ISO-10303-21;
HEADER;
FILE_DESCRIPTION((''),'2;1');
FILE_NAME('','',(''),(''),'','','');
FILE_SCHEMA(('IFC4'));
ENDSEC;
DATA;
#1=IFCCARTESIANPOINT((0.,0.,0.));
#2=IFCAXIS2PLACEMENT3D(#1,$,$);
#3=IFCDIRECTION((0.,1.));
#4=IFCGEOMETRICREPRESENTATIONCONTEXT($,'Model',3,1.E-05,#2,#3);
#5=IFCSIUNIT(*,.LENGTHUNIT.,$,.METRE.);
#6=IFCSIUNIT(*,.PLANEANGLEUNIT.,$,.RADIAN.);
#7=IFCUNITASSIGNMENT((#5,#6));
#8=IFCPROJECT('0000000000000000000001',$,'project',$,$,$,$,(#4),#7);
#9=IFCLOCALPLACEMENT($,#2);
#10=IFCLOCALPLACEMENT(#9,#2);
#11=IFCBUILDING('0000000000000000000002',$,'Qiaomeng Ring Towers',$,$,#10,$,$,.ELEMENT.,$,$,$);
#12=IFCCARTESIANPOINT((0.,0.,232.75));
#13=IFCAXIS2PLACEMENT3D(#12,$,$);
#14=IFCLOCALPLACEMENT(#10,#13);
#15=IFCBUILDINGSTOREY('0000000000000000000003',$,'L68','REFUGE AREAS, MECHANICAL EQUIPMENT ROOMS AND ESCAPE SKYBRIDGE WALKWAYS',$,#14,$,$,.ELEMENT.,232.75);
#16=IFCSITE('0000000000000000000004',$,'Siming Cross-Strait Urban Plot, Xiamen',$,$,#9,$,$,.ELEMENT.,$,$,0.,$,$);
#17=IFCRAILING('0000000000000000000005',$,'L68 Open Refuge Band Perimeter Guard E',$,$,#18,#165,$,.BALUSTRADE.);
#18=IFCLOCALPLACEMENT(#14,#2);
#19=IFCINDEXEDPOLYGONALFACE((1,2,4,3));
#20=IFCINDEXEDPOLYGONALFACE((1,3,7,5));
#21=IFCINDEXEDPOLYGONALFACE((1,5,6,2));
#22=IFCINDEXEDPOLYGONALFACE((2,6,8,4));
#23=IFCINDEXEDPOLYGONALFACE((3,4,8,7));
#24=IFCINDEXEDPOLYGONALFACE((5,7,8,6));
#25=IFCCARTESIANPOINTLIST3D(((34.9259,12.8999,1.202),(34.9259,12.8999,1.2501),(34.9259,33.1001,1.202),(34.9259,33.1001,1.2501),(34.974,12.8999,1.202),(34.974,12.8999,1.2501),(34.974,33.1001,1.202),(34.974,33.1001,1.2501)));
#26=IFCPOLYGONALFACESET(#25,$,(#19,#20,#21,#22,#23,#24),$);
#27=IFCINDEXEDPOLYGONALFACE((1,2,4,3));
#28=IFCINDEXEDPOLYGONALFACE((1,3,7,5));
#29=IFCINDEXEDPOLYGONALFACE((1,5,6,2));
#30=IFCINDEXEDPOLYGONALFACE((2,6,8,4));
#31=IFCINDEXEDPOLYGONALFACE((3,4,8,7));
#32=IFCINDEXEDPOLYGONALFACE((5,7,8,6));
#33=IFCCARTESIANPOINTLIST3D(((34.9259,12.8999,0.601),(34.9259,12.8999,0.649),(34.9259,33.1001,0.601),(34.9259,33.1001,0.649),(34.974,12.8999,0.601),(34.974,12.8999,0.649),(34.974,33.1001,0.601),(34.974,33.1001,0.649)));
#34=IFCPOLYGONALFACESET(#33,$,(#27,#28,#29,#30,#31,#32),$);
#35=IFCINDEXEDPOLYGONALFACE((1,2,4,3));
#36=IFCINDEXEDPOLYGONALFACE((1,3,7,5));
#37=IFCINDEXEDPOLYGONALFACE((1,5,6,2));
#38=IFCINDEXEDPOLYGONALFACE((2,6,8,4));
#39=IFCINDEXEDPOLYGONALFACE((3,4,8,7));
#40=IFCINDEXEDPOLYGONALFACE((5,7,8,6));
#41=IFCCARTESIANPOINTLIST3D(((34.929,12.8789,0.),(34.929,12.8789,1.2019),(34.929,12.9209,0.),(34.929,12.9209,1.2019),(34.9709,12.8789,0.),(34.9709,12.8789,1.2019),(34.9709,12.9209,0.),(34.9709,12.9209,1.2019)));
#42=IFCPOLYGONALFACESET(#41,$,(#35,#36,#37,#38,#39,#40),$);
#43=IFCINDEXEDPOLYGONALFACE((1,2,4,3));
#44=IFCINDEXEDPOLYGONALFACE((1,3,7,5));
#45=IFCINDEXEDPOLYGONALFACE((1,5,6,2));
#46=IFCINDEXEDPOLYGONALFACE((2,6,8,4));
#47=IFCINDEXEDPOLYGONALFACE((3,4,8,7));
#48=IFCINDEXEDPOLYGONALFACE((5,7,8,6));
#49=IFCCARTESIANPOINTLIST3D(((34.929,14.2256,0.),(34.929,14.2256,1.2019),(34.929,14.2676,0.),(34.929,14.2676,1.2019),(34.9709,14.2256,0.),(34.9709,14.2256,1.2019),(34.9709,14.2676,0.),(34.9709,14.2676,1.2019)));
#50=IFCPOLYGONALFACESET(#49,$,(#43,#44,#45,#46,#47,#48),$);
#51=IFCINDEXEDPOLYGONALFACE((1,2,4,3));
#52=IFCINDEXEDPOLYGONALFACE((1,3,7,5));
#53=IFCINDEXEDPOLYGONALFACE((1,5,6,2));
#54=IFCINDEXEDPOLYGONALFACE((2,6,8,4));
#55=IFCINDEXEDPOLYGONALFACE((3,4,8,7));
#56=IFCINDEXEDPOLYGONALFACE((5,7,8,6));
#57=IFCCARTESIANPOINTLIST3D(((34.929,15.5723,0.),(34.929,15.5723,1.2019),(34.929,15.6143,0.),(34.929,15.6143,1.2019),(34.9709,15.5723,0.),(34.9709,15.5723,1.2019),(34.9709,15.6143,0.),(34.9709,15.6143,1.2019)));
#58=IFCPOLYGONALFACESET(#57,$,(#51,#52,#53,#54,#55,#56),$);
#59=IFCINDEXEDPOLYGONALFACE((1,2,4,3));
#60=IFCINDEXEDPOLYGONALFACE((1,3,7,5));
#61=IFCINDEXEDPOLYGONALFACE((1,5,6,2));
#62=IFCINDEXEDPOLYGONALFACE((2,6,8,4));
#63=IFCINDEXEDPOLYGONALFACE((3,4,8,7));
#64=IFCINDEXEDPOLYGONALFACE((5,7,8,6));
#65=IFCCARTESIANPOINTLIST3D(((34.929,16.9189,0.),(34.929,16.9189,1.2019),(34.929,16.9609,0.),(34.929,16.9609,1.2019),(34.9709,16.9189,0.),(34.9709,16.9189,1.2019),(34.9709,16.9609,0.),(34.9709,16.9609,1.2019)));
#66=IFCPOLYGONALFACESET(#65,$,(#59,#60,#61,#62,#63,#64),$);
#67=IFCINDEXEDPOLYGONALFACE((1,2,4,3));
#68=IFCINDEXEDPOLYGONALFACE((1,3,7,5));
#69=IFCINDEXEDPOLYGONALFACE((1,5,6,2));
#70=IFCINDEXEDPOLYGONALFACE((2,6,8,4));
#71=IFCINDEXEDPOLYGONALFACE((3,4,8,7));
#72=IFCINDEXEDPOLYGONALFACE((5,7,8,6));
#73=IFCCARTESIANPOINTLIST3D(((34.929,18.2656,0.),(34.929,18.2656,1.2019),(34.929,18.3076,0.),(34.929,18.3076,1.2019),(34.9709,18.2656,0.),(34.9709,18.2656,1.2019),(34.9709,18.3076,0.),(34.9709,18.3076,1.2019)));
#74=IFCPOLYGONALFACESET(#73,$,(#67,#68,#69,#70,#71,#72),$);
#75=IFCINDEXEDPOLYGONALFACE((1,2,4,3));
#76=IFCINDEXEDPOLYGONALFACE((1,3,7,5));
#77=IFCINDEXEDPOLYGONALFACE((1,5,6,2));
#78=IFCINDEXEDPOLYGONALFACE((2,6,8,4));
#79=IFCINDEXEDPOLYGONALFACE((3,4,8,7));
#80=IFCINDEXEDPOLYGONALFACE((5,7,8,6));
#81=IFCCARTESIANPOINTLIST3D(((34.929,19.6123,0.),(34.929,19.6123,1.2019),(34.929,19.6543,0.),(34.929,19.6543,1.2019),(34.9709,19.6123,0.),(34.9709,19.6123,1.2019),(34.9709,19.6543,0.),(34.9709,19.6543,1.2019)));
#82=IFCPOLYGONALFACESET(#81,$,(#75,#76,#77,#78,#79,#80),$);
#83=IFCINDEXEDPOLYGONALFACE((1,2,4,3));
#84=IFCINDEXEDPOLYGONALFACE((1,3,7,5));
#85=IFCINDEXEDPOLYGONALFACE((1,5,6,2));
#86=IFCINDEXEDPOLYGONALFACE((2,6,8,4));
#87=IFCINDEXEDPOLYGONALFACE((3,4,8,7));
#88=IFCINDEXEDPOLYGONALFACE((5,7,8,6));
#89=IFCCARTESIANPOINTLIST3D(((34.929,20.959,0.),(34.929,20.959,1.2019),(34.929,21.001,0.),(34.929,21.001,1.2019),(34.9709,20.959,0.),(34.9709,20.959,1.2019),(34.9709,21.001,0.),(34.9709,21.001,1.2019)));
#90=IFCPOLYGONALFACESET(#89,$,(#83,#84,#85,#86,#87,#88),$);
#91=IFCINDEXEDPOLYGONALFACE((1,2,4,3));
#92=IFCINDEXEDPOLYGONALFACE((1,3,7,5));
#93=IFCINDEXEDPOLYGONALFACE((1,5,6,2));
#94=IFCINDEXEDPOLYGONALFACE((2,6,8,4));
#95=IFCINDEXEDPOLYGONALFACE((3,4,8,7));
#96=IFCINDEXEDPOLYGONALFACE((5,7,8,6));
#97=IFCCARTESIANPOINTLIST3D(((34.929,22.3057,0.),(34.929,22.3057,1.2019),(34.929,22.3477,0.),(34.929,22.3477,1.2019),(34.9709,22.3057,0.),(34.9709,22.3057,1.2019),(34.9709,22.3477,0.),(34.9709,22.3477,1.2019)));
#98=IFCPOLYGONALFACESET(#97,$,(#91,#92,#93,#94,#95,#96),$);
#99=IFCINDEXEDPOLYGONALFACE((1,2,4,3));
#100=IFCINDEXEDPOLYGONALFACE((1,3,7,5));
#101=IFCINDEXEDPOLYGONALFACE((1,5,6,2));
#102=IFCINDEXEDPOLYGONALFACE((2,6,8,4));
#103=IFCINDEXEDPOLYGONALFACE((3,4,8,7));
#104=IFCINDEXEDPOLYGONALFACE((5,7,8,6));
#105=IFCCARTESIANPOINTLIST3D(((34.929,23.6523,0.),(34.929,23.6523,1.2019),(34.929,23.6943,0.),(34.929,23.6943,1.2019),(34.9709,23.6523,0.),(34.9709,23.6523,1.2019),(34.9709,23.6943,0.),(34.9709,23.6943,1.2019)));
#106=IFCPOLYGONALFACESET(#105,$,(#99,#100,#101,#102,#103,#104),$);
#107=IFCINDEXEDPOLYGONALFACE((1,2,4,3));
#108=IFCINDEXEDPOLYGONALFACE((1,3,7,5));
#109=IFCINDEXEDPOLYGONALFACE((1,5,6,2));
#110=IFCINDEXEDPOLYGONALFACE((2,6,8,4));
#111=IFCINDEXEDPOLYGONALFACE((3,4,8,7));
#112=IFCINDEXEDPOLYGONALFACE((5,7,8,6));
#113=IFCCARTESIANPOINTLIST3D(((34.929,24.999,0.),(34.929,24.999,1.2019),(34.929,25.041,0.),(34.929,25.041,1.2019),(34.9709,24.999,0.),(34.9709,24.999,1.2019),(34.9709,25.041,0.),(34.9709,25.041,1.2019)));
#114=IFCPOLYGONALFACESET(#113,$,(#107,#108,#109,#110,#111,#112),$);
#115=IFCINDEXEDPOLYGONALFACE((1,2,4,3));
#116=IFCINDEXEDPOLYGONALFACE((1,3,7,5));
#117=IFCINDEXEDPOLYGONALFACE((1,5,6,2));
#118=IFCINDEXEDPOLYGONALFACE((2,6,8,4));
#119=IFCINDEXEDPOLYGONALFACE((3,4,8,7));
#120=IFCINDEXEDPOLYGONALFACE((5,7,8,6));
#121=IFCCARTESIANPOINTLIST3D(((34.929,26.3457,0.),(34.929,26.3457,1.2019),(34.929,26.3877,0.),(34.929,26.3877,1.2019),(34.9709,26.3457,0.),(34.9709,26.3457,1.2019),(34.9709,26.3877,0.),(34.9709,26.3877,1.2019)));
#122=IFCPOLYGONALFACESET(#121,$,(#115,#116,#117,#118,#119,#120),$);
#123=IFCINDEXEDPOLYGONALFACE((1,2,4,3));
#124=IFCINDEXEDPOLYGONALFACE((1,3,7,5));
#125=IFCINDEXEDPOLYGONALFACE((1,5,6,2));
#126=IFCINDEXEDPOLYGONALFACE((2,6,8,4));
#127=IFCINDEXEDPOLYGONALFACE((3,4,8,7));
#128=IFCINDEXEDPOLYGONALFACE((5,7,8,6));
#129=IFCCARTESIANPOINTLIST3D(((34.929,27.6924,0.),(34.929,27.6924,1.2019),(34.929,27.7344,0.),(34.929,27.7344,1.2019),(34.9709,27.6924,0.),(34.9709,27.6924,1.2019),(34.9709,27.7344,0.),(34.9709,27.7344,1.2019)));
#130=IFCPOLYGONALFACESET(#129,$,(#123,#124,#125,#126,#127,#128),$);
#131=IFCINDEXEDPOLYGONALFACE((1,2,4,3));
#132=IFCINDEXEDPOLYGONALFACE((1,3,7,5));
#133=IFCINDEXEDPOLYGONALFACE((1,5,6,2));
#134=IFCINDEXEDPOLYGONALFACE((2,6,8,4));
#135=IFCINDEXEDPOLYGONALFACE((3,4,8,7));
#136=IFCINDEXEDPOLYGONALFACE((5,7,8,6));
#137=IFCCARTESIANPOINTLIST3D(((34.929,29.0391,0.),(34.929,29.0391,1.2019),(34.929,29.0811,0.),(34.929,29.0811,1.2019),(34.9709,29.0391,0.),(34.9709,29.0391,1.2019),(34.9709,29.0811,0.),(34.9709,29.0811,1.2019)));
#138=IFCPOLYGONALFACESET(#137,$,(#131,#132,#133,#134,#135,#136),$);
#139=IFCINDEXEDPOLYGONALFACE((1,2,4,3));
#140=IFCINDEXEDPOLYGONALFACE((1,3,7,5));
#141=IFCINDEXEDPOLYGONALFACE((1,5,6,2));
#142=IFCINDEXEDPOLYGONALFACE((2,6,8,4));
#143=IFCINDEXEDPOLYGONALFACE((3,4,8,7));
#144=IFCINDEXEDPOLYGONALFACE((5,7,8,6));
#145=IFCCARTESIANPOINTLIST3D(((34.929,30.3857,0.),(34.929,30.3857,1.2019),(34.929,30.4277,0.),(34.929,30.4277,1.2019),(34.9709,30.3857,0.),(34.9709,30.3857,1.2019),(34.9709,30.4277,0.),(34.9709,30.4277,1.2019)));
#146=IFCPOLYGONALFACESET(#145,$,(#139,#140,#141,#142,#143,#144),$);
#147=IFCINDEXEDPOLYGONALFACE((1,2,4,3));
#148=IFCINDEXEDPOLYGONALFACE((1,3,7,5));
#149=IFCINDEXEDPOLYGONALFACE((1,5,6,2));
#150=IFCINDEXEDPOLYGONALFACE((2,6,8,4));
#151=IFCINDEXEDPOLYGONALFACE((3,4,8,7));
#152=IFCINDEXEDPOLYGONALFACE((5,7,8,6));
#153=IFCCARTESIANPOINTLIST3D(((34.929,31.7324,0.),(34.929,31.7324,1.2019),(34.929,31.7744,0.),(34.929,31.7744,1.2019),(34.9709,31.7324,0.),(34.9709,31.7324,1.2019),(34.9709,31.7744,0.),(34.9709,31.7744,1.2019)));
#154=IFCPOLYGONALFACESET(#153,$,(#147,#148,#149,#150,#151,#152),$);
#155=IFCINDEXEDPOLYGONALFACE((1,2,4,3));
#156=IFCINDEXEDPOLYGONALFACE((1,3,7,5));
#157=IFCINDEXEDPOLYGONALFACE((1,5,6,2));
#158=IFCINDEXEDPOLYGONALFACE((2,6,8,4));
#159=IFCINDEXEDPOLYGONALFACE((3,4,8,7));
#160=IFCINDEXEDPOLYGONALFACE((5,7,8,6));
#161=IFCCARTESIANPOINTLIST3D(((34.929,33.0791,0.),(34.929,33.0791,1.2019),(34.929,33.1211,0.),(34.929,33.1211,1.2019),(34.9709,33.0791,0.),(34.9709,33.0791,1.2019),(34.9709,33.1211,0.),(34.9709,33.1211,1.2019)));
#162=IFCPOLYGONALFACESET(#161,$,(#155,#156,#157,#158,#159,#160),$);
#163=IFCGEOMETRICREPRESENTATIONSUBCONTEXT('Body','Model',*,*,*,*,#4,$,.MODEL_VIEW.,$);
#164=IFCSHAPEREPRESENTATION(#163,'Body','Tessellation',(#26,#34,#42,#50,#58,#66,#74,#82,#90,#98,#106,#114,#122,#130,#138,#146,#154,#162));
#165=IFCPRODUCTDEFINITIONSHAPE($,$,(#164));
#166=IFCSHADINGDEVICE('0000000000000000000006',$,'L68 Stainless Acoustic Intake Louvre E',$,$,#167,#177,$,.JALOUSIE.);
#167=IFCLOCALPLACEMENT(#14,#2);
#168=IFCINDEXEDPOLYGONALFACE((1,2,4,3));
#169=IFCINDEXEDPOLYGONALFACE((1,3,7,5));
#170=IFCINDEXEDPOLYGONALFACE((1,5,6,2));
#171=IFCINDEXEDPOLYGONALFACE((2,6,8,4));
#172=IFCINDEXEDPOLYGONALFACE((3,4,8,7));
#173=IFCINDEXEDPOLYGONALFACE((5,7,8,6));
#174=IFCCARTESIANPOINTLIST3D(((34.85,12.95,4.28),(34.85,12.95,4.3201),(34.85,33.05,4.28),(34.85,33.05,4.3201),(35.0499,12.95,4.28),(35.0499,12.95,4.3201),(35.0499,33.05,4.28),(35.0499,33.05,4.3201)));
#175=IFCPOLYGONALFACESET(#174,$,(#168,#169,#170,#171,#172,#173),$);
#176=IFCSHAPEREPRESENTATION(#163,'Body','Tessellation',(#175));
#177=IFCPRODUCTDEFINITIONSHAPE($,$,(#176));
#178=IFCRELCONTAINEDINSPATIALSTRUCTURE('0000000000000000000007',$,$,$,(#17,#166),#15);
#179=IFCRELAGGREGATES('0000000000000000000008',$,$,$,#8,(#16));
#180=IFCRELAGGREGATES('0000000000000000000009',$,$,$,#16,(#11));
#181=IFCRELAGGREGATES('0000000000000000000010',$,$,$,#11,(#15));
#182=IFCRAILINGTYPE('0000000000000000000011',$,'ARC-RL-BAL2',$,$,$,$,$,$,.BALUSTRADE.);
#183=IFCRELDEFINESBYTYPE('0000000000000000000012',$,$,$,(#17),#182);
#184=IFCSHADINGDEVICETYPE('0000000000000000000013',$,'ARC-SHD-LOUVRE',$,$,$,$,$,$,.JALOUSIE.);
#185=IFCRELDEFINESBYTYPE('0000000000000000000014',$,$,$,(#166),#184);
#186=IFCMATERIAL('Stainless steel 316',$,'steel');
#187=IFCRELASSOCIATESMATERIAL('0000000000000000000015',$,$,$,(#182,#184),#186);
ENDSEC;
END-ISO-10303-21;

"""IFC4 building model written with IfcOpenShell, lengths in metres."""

from ifc_helpers import new_model, si_unit, direction, frame, origin, origin_2d, place, context, subcontext, project, spatial, rectangle, extrude, source, transform, mapped, material, material_profile, profile_set, type_object, element, save


model = new_model("IFC4")

# Units and contexts
model_context = context("Model", 3, precision=1e-05, world=origin(), true_north=direction((0.0, 1.0)))
body_context = subcontext(model_context, "Body", "Model", "MODEL_VIEW")
ifc_project = project(units=[si_unit("LENGTHUNIT", "METRE"), si_unit("PLANEANGLEUNIT", "RADIAN")], contexts=[model_context])

# Site, building, storey
site_placement = place(None, origin())
site = spatial("IfcSite", under=ifc_project, at=site_placement, Name="Siming Cross-Strait Urban Plot, Xiamen", CompositionType="ELEMENT", RefElevation=0.0)
building_placement = place(site_placement, origin())
building = spatial("IfcBuilding", under=site, at=building_placement, Name="Qiaomeng Ring Towers", CompositionType="ELEMENT")
storey_placement = place(building_placement, frame((0.0, 0.0, 232.75)))
storey = spatial("IfcBuildingStorey", under=building, at=storey_placement, Name="L68", Description="REFUGE AREAS, MECHANICAL EQUIPMENT ROOMS AND ESCAPE SKYBRIDGE WALKWAYS", CompositionType="ELEMENT", Elevation=232.75)

# Railing
ifc_material_1 = material(Name="Stainless steel 316", Category="steel")
railing_type = type_object("IfcRailingType", Name="ARC-RL-BAL2", PredefinedType="BALUSTRADE", material=ifc_material_1)
railing_placement = place(storey_placement, frame((34.95, 12.8999, 0.0)))
element("IfcRailing", 1, at=railing_placement, inside=storey, type_object=railing_type, Name="L68 Open Refuge Band Perimeter Guard E", PredefinedType="BALUSTRADE", context=body_context, shape_type="SweptSolid", body=[
    extrude(rectangle(XDim=0.0481, YDim=0.0481, at=origin_2d()), frame((0.0, 0.0, 1.2261), z_axis=(0.0, 1.0, 0.0), x_axis=(-1.0, 0.0, 0.0)), (0.0, 0.0, 1.0), 20.2002),
    extrude(rectangle(XDim=0.0481, YDim=0.0481, at=origin_2d()), frame((0.0, 0.0, 0.625), z_axis=(0.0, 1.0, 0.0), x_axis=(-1.0, 0.0, 0.0)), (0.0, 0.0, 1.0), 20.2002),
    extrude(rectangle(XDim=0.042, YDim=0.042, at=origin_2d()), origin(), (0.0, 0.0, 1.0), 1.2019),
    extrude(rectangle(XDim=0.042, YDim=0.042, at=origin_2d()), frame((0.0, 1.3467, 0.0)), (0.0, 0.0, 1.0), 1.2019),
    extrude(rectangle(XDim=0.042, YDim=0.042, at=origin_2d()), frame((0.0, 2.6934, 0.0)), (0.0, 0.0, 1.0), 1.2019),
    extrude(rectangle(XDim=0.042, YDim=0.042, at=origin_2d()), frame((0.0, 4.04, 0.0)), (0.0, 0.0, 1.0), 1.2019),
    extrude(rectangle(XDim=0.042, YDim=0.042, at=origin_2d()), frame((0.0, 5.3867, 0.0)), (0.0, 0.0, 1.0), 1.2019),
    extrude(rectangle(XDim=0.042, YDim=0.042, at=origin_2d()), frame((0.0, 6.7334, 0.0)), (0.0, 0.0, 1.0), 1.2019),
    extrude(rectangle(XDim=0.042, YDim=0.042, at=origin_2d()), frame((0.0, 8.0801, 0.0)), (0.0, 0.0, 1.0), 1.2019),
    extrude(rectangle(XDim=0.042, YDim=0.042, at=origin_2d()), frame((0.0, 9.4268, 0.0)), (0.0, 0.0, 1.0), 1.2019),
    extrude(rectangle(XDim=0.042, YDim=0.042, at=origin_2d()), frame((0.0, 10.7734, 0.0)), (0.0, 0.0, 1.0), 1.2019),
    extrude(rectangle(XDim=0.042, YDim=0.042, at=origin_2d()), frame((0.0, 12.1201, 0.0)), (0.0, 0.0, 1.0), 1.2019),
    extrude(rectangle(XDim=0.042, YDim=0.042, at=origin_2d()), frame((0.0, 13.4668, 0.0)), (0.0, 0.0, 1.0), 1.2019),
    extrude(rectangle(XDim=0.042, YDim=0.042, at=origin_2d()), frame((0.0, 14.8135, 0.0)), (0.0, 0.0, 1.0), 1.2019),
    extrude(rectangle(XDim=0.042, YDim=0.042, at=origin_2d()), frame((0.0, 16.1602, 0.0)), (0.0, 0.0, 1.0), 1.2019),
    extrude(rectangle(XDim=0.042, YDim=0.042, at=origin_2d()), frame((0.0, 17.5068, 0.0)), (0.0, 0.0, 1.0), 1.2019),
    extrude(rectangle(XDim=0.042, YDim=0.042, at=origin_2d()), frame((0.0, 18.8535, 0.0)), (0.0, 0.0, 1.0), 1.2019),
    extrude(rectangle(XDim=0.042, YDim=0.042, at=origin_2d()), frame((0.0, 20.2002, 0.0)), (0.0, 0.0, 1.0), 1.2019),
])

# Shading device
ifc_material_profile_1 = material_profile(ifc_material_1, rectangle(XDim=0.2, YDim=0.04, at=origin_2d()), Name="LV BLADE 200x40")
ifc_profile_set_1 = profile_set([ifc_material_profile_1], Name="Stainless steel 316")
shading_device_type = type_object("IfcShadingDeviceType", Name="ARC-SHD-LOUVRE", PredefinedType="JALOUSIE", material=ifc_profile_set_1)
shared_shape_1 = source(origin(), body_context, "Body", "SweptSolid", [
    extrude(rectangle(XDim=0.2, YDim=0.04, at=origin_2d()), origin(), (0.0, 0.0, 1.0), 20.1001),
])
shading_device_placement = place(storey_placement, frame((34.95, 12.95, 4.3), z_axis=(0.0, 1.0, 0.0), x_axis=(-1.0, 0.0, 0.0)))
element("IfcShadingDevice", 2, at=shading_device_placement, inside=storey, type_object=shading_device_type, Name="L68 Stainless Acoustic Intake Louvre E", PredefinedType="JALOUSIE", context=body_context, shape_type="MappedRepresentation", body=[
    mapped(shared_shape_1, transform((0.0, 0.0, 0.0), x_axis=(1.0, 0.0, 0.0), y_axis=(0.0, 1.0, 0.0), z_axis=(0.0, 0.0, 1.0), scale=1.0)),
])

save(model, "model.ifc")
